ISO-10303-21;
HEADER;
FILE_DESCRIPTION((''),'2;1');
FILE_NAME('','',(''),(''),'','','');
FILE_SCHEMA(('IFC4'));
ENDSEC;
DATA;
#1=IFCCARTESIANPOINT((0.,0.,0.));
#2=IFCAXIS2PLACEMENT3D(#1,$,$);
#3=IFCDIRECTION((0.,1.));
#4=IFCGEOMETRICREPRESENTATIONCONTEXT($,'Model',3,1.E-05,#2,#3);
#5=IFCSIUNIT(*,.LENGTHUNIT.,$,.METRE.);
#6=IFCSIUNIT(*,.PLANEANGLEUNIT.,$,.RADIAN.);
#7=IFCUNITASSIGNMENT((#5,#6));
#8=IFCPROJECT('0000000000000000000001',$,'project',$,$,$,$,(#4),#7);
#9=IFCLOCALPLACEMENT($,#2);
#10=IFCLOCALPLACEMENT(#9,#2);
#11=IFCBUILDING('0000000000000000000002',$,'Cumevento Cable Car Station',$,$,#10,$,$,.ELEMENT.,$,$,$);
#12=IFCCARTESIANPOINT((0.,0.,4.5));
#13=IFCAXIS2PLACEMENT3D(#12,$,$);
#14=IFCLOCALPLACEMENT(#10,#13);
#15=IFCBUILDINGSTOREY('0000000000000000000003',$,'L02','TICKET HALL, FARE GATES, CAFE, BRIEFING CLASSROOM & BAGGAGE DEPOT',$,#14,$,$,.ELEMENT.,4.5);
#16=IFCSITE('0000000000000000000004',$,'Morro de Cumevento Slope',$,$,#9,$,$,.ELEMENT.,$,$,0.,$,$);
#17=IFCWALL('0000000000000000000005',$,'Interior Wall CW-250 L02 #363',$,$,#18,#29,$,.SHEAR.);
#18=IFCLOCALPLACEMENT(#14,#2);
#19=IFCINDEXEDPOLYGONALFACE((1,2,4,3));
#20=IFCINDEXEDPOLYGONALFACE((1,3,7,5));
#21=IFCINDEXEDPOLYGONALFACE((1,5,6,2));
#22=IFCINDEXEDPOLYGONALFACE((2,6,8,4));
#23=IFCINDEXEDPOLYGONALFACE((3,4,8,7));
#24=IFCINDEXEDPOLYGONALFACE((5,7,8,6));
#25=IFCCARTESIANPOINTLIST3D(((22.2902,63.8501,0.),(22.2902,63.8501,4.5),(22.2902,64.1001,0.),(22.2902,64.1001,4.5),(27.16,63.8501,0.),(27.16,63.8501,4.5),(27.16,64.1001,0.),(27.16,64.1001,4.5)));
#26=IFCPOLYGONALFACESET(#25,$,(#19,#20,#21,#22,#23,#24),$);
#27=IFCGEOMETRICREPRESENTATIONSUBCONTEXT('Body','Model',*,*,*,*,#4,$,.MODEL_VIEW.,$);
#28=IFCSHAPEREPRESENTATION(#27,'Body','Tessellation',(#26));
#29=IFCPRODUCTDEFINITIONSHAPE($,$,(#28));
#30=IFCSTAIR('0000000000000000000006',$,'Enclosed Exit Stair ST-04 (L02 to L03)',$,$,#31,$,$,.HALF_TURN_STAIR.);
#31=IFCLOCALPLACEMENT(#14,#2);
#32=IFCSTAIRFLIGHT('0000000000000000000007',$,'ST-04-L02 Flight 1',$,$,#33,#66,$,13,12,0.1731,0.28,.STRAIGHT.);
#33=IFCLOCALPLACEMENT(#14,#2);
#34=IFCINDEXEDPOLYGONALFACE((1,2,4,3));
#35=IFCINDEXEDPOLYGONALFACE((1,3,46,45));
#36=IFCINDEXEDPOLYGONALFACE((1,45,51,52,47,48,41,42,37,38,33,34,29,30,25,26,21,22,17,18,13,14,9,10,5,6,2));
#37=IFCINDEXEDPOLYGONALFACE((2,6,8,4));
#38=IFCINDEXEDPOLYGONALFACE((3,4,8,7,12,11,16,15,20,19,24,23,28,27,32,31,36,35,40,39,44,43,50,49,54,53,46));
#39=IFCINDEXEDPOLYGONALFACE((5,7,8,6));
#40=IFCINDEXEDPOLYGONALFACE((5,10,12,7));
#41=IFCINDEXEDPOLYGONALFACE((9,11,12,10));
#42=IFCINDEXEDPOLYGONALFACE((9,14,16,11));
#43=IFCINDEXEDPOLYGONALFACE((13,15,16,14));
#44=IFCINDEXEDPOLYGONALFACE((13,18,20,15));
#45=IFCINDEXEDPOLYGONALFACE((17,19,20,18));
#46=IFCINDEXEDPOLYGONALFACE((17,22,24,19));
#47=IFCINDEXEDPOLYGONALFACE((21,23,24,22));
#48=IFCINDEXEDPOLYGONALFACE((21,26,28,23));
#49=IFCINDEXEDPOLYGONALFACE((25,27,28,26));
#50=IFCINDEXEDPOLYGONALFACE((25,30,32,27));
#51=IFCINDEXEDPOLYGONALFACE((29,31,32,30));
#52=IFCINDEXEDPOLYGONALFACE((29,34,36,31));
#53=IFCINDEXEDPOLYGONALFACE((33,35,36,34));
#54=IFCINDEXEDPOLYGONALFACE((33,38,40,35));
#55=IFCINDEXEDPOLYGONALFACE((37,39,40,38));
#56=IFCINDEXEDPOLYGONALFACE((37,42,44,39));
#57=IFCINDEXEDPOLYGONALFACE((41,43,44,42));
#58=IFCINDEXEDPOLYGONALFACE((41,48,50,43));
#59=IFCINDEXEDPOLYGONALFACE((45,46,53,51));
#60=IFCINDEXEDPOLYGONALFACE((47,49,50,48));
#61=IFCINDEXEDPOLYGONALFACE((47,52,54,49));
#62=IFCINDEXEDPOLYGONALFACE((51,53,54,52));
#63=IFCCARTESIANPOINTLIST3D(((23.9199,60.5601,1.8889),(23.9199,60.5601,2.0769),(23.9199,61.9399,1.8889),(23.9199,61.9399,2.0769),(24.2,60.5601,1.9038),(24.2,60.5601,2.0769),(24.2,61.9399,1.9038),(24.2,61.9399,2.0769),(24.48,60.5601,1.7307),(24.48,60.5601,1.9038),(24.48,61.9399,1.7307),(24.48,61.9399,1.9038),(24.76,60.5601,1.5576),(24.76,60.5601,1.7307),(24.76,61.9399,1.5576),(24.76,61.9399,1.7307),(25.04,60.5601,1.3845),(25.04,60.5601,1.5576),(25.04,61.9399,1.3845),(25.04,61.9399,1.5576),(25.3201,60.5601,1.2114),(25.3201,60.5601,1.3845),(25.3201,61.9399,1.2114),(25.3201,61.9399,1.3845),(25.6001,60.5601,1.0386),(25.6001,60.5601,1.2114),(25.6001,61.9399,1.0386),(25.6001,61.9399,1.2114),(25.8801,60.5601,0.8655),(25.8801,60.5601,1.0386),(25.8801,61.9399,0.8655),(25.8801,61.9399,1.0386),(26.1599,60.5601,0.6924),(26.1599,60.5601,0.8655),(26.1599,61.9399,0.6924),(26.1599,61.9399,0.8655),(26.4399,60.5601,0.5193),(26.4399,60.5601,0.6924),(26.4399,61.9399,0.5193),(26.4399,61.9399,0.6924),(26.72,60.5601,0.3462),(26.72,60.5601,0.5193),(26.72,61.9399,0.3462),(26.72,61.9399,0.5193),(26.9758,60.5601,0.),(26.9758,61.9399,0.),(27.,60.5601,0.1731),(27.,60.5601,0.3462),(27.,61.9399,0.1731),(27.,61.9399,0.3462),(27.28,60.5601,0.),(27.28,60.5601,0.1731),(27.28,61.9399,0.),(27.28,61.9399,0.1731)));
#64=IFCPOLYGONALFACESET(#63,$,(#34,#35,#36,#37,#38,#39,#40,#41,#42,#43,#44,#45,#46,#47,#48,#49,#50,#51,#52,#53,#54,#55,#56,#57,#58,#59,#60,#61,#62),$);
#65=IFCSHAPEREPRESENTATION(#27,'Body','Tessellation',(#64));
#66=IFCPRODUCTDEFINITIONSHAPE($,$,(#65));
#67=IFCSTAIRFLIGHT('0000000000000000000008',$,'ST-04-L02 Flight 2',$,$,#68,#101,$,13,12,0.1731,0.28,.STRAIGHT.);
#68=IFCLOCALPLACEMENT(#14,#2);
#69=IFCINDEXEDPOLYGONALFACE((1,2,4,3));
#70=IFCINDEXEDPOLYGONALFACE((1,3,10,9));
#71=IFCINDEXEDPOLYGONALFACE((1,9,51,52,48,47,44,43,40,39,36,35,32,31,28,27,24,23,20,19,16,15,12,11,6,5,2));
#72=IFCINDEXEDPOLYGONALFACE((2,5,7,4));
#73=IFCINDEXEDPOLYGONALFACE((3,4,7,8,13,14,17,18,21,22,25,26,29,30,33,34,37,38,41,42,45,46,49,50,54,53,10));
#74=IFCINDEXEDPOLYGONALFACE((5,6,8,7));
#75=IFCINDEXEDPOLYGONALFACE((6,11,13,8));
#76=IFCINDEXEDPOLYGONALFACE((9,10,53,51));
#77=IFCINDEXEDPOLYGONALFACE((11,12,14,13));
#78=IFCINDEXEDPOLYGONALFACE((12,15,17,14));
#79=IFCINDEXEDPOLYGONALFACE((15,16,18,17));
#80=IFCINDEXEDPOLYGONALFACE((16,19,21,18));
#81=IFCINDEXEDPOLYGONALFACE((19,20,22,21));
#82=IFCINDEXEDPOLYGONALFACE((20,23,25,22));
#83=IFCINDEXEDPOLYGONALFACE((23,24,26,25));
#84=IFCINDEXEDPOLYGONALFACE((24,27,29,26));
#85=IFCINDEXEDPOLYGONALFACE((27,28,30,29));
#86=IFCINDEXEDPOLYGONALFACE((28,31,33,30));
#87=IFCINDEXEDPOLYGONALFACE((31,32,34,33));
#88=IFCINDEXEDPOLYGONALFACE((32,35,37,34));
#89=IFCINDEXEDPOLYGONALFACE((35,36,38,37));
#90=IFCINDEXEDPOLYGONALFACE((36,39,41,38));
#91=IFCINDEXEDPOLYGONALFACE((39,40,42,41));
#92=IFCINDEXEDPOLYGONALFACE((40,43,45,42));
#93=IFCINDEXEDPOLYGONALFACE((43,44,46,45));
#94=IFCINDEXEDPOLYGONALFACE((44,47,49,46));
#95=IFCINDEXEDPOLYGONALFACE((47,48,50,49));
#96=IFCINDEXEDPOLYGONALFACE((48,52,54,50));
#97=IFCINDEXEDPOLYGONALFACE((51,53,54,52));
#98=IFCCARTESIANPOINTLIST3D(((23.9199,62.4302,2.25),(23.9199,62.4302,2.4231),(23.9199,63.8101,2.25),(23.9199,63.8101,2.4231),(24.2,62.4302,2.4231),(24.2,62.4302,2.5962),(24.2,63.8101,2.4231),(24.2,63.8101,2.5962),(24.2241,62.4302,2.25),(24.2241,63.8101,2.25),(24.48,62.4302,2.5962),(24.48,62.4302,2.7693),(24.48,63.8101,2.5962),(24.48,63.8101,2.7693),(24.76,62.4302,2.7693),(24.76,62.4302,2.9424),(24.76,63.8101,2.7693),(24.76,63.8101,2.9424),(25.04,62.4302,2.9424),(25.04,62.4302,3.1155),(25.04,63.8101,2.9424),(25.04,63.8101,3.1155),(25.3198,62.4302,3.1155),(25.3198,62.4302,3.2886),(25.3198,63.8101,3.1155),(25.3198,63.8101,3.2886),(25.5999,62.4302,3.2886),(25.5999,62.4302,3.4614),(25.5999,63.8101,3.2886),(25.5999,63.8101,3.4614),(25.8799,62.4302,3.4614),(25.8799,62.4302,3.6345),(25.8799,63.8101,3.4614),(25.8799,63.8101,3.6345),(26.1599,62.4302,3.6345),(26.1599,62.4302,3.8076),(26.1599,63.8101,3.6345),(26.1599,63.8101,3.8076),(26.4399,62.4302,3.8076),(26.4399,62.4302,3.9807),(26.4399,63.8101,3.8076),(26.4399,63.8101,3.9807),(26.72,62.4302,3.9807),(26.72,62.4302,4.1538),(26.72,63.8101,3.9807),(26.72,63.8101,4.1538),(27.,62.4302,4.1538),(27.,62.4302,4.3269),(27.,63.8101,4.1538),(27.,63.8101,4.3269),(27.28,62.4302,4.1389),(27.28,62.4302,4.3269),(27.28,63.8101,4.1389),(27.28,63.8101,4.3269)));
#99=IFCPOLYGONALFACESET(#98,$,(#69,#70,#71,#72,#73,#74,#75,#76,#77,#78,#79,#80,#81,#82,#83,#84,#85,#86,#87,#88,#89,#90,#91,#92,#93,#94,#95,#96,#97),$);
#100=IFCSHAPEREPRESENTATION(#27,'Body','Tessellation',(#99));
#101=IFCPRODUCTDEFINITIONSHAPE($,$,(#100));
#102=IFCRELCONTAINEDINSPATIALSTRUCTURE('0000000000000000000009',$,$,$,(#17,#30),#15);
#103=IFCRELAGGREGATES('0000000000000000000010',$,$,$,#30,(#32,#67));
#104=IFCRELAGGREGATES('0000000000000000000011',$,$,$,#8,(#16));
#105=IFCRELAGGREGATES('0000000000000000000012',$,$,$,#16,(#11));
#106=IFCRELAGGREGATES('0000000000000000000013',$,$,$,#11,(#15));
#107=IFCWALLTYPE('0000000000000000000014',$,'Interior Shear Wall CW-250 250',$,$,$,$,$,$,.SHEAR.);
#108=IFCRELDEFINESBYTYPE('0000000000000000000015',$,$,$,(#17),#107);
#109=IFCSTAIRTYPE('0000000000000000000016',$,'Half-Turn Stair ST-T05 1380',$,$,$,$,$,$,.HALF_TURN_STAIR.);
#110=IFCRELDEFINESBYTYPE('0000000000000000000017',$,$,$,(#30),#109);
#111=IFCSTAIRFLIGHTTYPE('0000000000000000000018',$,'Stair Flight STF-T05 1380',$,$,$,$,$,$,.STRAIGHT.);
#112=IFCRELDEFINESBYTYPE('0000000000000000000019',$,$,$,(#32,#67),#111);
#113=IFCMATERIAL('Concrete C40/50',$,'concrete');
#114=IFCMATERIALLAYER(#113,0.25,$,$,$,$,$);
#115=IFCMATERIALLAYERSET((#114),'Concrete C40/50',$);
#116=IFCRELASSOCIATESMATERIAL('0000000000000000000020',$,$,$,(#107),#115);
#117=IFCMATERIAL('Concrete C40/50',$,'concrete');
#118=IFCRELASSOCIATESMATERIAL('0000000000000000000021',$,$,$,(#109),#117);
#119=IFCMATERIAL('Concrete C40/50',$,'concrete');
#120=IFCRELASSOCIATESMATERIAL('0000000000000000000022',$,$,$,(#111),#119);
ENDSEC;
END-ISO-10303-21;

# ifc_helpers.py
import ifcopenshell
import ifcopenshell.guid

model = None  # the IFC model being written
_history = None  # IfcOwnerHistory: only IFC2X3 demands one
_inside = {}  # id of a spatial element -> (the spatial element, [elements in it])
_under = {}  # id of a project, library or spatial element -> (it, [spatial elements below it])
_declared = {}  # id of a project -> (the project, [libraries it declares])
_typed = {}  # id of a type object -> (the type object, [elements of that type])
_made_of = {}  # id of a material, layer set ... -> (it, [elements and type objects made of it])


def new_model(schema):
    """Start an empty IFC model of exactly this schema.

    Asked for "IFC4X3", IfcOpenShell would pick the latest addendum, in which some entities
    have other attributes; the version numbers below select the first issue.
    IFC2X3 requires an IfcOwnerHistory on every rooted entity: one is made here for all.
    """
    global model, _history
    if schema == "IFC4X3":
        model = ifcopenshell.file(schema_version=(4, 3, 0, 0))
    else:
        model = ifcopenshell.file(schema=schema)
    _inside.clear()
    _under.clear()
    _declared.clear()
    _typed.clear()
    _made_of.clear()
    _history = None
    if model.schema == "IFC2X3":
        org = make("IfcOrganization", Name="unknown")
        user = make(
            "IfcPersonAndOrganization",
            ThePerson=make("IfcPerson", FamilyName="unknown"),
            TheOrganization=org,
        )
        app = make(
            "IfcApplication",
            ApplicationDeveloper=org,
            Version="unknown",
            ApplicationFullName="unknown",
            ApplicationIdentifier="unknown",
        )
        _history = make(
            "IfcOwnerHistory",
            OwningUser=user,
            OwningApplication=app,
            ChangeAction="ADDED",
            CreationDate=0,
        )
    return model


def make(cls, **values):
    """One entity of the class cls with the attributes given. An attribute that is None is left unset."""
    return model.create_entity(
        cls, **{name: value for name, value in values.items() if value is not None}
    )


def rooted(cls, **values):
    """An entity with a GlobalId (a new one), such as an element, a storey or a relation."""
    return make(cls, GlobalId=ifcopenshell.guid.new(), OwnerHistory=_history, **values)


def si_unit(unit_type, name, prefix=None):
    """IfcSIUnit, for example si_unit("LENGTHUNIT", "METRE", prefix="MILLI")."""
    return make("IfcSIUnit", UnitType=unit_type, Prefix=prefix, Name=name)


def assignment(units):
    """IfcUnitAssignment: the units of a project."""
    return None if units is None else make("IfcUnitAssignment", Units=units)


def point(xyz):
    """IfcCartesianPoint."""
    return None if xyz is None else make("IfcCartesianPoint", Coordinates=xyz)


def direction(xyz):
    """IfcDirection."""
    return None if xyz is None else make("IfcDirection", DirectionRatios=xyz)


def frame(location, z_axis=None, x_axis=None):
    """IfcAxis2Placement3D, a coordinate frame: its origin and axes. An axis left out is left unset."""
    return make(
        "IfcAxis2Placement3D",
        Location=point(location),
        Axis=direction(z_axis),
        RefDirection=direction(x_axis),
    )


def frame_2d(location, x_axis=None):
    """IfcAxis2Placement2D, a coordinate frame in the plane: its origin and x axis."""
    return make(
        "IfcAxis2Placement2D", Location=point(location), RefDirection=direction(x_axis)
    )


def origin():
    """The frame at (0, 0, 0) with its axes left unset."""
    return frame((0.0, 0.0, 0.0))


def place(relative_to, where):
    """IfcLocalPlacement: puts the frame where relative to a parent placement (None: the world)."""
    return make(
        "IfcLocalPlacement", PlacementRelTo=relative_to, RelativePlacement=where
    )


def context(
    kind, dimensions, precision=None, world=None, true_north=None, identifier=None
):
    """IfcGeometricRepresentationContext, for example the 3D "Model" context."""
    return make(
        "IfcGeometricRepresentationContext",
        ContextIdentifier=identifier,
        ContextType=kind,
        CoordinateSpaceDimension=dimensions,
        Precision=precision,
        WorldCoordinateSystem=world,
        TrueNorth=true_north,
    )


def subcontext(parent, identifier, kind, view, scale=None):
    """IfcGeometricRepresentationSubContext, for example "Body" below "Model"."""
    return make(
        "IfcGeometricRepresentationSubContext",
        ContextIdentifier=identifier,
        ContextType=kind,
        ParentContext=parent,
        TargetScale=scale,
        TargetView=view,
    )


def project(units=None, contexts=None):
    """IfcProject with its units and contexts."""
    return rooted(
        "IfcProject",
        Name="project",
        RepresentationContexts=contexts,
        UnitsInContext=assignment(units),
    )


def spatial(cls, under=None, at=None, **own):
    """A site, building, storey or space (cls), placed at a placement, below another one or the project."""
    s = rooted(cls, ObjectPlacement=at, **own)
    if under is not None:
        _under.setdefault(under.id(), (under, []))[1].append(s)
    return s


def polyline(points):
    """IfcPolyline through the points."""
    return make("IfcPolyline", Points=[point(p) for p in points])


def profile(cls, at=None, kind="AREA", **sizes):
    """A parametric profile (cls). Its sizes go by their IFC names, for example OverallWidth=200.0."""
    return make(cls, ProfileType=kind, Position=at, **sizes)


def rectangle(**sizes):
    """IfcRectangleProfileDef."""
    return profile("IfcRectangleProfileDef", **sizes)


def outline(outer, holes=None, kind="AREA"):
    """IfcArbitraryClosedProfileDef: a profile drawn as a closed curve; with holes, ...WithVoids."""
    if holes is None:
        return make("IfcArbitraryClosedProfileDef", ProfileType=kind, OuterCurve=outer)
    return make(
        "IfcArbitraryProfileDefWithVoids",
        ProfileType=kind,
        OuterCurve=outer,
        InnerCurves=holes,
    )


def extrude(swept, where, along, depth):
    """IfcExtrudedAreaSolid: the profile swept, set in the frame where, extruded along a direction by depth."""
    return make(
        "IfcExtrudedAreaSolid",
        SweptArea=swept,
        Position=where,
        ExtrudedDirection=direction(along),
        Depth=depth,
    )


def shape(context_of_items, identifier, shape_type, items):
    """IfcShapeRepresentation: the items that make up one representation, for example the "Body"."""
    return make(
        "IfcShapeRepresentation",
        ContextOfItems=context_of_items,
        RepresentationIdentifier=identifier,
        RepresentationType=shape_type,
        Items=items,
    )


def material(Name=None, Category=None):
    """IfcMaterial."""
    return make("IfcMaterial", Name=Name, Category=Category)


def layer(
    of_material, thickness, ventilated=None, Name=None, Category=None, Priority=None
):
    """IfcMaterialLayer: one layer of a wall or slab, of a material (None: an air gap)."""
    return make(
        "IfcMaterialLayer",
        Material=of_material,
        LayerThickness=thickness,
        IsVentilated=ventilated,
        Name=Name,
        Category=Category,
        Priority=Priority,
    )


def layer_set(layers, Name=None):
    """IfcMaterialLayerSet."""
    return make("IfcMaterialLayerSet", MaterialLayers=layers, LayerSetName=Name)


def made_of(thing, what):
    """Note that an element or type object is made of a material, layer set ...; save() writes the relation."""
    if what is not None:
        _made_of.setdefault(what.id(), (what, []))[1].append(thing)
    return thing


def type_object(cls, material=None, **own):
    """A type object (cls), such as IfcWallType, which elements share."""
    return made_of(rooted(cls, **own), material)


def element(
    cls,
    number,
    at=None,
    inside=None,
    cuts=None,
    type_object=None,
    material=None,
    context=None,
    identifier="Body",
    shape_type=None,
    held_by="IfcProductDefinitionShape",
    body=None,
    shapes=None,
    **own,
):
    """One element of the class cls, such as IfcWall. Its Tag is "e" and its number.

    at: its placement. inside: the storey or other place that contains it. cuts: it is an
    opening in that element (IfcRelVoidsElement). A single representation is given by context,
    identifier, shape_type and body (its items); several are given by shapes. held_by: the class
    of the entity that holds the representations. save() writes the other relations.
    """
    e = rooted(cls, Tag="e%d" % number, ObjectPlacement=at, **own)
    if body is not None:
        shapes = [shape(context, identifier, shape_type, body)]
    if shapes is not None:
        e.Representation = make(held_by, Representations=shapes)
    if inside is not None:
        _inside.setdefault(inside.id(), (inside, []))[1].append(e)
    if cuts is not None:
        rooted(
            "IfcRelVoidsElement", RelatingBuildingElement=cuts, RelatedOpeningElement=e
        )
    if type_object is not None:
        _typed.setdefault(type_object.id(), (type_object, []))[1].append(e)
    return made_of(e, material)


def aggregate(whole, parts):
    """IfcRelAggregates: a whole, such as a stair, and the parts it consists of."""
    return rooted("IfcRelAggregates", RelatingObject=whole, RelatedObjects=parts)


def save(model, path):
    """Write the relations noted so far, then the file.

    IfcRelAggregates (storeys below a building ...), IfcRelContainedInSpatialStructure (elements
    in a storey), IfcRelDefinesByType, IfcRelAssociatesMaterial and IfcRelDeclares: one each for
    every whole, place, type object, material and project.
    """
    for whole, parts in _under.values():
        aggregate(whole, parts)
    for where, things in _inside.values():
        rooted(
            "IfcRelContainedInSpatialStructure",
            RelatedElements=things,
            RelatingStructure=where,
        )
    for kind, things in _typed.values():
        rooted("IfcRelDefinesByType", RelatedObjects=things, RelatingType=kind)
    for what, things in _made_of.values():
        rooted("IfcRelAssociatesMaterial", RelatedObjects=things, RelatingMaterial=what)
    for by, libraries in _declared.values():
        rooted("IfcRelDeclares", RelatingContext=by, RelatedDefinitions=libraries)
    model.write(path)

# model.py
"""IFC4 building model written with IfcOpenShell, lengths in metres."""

from ifc_helpers import new_model, si_unit, direction, frame, frame_2d, origin, place, context, subcontext, project, spatial, polyline, rectangle, outline, extrude, material, layer, layer_set, type_object, element, aggregate, save


model = new_model("IFC4")

# Units and contexts
model_context = context("Model", 3, precision=1e-05, world=origin(), true_north=direction((0.0, 1.0)))
body_context = subcontext(model_context, "Body", "Model", "MODEL_VIEW")
ifc_project = project(units=[si_unit("LENGTHUNIT", "METRE"), si_unit("PLANEANGLEUNIT", "RADIAN")], contexts=[model_context])

# Site, building, storey
site_placement = place(None, origin())
site = spatial("IfcSite", under=ifc_project, at=site_placement, Name="Morro de Cumevento Slope", CompositionType="ELEMENT", RefElevation=0.0)
building_placement = place(site_placement, origin())
building = spatial("IfcBuilding", under=site, at=building_placement, Name="Cumevento Cable Car Station", CompositionType="ELEMENT")
storey_placement = place(building_placement, frame((0.0, 0.0, 4.5)))
storey = spatial("IfcBuildingStorey", under=building, at=storey_placement, Name="L02", Description="TICKET HALL, FARE GATES, CAFE, BRIEFING CLASSROOM & BAGGAGE DEPOT", CompositionType="ELEMENT", Elevation=4.5)

# Wall
ifc_material_1 = material(Name="Concrete C40/50", Category="concrete")
ifc_layer_1 = layer(ifc_material_1, 0.25)
ifc_layer_set_1 = layer_set([ifc_layer_1], Name="Concrete C40/50")
wall_type_1 = type_object("IfcWallType", Name="Interior Shear Wall CW-250 250", PredefinedType="SHEAR", material=ifc_layer_set_1)
wall_1_placement = place(storey_placement, frame((22.29, 63.9751, 0.0), z_axis=(0.0, 0.0, 1.0), x_axis=(1.0, 0.0, 0.0)))
element("IfcWall", 1, at=wall_1_placement, inside=storey, type_object=wall_type_1, Name="Interior Wall CW-250 L02 #363", PredefinedType="SHEAR", context=body_context, shape_type="SweptSolid", body=[
    extrude(rectangle(XDim=4.8699, YDim=0.25, at=frame_2d((2.4351, 0.0))), origin(), (0.0, 0.0, 1.0), 4.5),
])

# Stair, stair flights
ifc_material_2 = material(Name="Concrete C40/50", Category="concrete")
stair_type = type_object("IfcStairType", Name="Half-Turn Stair ST-T05 1380", PredefinedType="HALF_TURN_STAIR", material=ifc_material_2)
stair_placement = place(storey_placement, origin())
stair = element("IfcStair", 2, at=stair_placement, inside=storey, type_object=stair_type, Name="Enclosed Exit Stair ST-04 (L02 to L03)", PredefinedType="HALF_TURN_STAIR")
ifc_material_3 = material(Name="Concrete C40/50", Category="concrete")
stair_flight_type = type_object("IfcStairFlightType", Name="Stair Flight STF-T05 1380", PredefinedType="STRAIGHT", material=ifc_material_3)
stair_flight_1_placement = place(storey_placement, frame((27.28, 61.25, 0.0), z_axis=(0.0, 0.0, 1.0), x_axis=(-1.0, 0.0, 0.0)))
stair_flight_1 = element("IfcStairFlight", 3, at=stair_flight_1_placement, type_object=stair_flight_type, Name="ST-04-L02 Flight 1", NumberOfRisers=13, NumberOfTreads=12, PredefinedType="STRAIGHT", RiserHeight=0.1731, TreadLength=0.28, context=body_context, shape_type="SweptSolid", body=[
    extrude(outline(polyline([(0.0, 0.0), (0.0, 0.1731), (0.28, 0.1731), (0.28, 0.3462), (0.5601, 0.3462), (0.5601, 0.5193), (0.8401, 0.5193), (0.8401, 0.6924), (1.1201, 0.6924), (1.1201, 0.8655), (1.3999, 0.8655), (1.3999, 1.0386), (1.6799, 1.0386), (1.6799, 1.2114), (1.96, 1.2114), (1.96, 1.3845), (2.24, 1.3845), (2.24, 1.5576), (2.52, 1.5576), (2.52, 1.7307), (2.8, 1.7307), (2.8, 1.9038), (3.0801, 1.9038), (3.0801, 2.0769), (3.3601, 2.0769), (3.3601, 2.25), (3.3601, 1.8889), (0.3042, 0.0), (0.0, 0.0)])), frame((0.0, 0.6899, 0.0), z_axis=(0.0, -1.0, 0.0), x_axis=(1.0, 0.0, 0.0)), (0.0, 0.0, 1.0), 1.3799),
])
stair_flight_2_placement = place(storey_placement, frame((23.9199, 63.1201, 2.25), z_axis=(0.0, 0.0, 1.0), x_axis=(1.0, 0.0, 0.0)))
stair_flight_2 = element("IfcStairFlight", 4, at=stair_flight_2_placement, type_object=stair_flight_type, Name="ST-04-L02 Flight 2", NumberOfRisers=13, NumberOfTreads=12, PredefinedType="STRAIGHT", RiserHeight=0.1731, TreadLength=0.28, context=body_context, shape_type="SweptSolid", body=[
    extrude(outline(polyline([(0.0, 0.0), (0.0, 0.1731), (0.28, 0.1731), (0.28, 0.3462), (0.5601, 0.3462), (0.5601, 0.5193), (0.8401, 0.5193), (0.8401, 0.6924), (1.1201, 0.6924), (1.1201, 0.8655), (1.3999, 0.8655), (1.3999, 1.0386), (1.6799, 1.0386), (1.6799, 1.2114), (1.96, 1.2114), (1.96, 1.3845), (2.24, 1.3845), (2.24, 1.5576), (2.52, 1.5576), (2.52, 1.7307), (2.8, 1.7307), (2.8, 1.9038), (3.0801, 1.9038), (3.0801, 2.0769), (3.3601, 2.0769), (3.3601, 2.25), (3.3601, 1.8889), (0.3042, 0.0), (0.0, 0.0)])), frame((0.0, 0.6899, 0.0), z_axis=(0.0, -1.0, 0.0), x_axis=(1.0, 0.0, 0.0)), (0.0, 0.0, 1.0), 1.3799),
])
aggregate(stair, [stair_flight_1, stair_flight_2])

save(model, "model.ifc")
